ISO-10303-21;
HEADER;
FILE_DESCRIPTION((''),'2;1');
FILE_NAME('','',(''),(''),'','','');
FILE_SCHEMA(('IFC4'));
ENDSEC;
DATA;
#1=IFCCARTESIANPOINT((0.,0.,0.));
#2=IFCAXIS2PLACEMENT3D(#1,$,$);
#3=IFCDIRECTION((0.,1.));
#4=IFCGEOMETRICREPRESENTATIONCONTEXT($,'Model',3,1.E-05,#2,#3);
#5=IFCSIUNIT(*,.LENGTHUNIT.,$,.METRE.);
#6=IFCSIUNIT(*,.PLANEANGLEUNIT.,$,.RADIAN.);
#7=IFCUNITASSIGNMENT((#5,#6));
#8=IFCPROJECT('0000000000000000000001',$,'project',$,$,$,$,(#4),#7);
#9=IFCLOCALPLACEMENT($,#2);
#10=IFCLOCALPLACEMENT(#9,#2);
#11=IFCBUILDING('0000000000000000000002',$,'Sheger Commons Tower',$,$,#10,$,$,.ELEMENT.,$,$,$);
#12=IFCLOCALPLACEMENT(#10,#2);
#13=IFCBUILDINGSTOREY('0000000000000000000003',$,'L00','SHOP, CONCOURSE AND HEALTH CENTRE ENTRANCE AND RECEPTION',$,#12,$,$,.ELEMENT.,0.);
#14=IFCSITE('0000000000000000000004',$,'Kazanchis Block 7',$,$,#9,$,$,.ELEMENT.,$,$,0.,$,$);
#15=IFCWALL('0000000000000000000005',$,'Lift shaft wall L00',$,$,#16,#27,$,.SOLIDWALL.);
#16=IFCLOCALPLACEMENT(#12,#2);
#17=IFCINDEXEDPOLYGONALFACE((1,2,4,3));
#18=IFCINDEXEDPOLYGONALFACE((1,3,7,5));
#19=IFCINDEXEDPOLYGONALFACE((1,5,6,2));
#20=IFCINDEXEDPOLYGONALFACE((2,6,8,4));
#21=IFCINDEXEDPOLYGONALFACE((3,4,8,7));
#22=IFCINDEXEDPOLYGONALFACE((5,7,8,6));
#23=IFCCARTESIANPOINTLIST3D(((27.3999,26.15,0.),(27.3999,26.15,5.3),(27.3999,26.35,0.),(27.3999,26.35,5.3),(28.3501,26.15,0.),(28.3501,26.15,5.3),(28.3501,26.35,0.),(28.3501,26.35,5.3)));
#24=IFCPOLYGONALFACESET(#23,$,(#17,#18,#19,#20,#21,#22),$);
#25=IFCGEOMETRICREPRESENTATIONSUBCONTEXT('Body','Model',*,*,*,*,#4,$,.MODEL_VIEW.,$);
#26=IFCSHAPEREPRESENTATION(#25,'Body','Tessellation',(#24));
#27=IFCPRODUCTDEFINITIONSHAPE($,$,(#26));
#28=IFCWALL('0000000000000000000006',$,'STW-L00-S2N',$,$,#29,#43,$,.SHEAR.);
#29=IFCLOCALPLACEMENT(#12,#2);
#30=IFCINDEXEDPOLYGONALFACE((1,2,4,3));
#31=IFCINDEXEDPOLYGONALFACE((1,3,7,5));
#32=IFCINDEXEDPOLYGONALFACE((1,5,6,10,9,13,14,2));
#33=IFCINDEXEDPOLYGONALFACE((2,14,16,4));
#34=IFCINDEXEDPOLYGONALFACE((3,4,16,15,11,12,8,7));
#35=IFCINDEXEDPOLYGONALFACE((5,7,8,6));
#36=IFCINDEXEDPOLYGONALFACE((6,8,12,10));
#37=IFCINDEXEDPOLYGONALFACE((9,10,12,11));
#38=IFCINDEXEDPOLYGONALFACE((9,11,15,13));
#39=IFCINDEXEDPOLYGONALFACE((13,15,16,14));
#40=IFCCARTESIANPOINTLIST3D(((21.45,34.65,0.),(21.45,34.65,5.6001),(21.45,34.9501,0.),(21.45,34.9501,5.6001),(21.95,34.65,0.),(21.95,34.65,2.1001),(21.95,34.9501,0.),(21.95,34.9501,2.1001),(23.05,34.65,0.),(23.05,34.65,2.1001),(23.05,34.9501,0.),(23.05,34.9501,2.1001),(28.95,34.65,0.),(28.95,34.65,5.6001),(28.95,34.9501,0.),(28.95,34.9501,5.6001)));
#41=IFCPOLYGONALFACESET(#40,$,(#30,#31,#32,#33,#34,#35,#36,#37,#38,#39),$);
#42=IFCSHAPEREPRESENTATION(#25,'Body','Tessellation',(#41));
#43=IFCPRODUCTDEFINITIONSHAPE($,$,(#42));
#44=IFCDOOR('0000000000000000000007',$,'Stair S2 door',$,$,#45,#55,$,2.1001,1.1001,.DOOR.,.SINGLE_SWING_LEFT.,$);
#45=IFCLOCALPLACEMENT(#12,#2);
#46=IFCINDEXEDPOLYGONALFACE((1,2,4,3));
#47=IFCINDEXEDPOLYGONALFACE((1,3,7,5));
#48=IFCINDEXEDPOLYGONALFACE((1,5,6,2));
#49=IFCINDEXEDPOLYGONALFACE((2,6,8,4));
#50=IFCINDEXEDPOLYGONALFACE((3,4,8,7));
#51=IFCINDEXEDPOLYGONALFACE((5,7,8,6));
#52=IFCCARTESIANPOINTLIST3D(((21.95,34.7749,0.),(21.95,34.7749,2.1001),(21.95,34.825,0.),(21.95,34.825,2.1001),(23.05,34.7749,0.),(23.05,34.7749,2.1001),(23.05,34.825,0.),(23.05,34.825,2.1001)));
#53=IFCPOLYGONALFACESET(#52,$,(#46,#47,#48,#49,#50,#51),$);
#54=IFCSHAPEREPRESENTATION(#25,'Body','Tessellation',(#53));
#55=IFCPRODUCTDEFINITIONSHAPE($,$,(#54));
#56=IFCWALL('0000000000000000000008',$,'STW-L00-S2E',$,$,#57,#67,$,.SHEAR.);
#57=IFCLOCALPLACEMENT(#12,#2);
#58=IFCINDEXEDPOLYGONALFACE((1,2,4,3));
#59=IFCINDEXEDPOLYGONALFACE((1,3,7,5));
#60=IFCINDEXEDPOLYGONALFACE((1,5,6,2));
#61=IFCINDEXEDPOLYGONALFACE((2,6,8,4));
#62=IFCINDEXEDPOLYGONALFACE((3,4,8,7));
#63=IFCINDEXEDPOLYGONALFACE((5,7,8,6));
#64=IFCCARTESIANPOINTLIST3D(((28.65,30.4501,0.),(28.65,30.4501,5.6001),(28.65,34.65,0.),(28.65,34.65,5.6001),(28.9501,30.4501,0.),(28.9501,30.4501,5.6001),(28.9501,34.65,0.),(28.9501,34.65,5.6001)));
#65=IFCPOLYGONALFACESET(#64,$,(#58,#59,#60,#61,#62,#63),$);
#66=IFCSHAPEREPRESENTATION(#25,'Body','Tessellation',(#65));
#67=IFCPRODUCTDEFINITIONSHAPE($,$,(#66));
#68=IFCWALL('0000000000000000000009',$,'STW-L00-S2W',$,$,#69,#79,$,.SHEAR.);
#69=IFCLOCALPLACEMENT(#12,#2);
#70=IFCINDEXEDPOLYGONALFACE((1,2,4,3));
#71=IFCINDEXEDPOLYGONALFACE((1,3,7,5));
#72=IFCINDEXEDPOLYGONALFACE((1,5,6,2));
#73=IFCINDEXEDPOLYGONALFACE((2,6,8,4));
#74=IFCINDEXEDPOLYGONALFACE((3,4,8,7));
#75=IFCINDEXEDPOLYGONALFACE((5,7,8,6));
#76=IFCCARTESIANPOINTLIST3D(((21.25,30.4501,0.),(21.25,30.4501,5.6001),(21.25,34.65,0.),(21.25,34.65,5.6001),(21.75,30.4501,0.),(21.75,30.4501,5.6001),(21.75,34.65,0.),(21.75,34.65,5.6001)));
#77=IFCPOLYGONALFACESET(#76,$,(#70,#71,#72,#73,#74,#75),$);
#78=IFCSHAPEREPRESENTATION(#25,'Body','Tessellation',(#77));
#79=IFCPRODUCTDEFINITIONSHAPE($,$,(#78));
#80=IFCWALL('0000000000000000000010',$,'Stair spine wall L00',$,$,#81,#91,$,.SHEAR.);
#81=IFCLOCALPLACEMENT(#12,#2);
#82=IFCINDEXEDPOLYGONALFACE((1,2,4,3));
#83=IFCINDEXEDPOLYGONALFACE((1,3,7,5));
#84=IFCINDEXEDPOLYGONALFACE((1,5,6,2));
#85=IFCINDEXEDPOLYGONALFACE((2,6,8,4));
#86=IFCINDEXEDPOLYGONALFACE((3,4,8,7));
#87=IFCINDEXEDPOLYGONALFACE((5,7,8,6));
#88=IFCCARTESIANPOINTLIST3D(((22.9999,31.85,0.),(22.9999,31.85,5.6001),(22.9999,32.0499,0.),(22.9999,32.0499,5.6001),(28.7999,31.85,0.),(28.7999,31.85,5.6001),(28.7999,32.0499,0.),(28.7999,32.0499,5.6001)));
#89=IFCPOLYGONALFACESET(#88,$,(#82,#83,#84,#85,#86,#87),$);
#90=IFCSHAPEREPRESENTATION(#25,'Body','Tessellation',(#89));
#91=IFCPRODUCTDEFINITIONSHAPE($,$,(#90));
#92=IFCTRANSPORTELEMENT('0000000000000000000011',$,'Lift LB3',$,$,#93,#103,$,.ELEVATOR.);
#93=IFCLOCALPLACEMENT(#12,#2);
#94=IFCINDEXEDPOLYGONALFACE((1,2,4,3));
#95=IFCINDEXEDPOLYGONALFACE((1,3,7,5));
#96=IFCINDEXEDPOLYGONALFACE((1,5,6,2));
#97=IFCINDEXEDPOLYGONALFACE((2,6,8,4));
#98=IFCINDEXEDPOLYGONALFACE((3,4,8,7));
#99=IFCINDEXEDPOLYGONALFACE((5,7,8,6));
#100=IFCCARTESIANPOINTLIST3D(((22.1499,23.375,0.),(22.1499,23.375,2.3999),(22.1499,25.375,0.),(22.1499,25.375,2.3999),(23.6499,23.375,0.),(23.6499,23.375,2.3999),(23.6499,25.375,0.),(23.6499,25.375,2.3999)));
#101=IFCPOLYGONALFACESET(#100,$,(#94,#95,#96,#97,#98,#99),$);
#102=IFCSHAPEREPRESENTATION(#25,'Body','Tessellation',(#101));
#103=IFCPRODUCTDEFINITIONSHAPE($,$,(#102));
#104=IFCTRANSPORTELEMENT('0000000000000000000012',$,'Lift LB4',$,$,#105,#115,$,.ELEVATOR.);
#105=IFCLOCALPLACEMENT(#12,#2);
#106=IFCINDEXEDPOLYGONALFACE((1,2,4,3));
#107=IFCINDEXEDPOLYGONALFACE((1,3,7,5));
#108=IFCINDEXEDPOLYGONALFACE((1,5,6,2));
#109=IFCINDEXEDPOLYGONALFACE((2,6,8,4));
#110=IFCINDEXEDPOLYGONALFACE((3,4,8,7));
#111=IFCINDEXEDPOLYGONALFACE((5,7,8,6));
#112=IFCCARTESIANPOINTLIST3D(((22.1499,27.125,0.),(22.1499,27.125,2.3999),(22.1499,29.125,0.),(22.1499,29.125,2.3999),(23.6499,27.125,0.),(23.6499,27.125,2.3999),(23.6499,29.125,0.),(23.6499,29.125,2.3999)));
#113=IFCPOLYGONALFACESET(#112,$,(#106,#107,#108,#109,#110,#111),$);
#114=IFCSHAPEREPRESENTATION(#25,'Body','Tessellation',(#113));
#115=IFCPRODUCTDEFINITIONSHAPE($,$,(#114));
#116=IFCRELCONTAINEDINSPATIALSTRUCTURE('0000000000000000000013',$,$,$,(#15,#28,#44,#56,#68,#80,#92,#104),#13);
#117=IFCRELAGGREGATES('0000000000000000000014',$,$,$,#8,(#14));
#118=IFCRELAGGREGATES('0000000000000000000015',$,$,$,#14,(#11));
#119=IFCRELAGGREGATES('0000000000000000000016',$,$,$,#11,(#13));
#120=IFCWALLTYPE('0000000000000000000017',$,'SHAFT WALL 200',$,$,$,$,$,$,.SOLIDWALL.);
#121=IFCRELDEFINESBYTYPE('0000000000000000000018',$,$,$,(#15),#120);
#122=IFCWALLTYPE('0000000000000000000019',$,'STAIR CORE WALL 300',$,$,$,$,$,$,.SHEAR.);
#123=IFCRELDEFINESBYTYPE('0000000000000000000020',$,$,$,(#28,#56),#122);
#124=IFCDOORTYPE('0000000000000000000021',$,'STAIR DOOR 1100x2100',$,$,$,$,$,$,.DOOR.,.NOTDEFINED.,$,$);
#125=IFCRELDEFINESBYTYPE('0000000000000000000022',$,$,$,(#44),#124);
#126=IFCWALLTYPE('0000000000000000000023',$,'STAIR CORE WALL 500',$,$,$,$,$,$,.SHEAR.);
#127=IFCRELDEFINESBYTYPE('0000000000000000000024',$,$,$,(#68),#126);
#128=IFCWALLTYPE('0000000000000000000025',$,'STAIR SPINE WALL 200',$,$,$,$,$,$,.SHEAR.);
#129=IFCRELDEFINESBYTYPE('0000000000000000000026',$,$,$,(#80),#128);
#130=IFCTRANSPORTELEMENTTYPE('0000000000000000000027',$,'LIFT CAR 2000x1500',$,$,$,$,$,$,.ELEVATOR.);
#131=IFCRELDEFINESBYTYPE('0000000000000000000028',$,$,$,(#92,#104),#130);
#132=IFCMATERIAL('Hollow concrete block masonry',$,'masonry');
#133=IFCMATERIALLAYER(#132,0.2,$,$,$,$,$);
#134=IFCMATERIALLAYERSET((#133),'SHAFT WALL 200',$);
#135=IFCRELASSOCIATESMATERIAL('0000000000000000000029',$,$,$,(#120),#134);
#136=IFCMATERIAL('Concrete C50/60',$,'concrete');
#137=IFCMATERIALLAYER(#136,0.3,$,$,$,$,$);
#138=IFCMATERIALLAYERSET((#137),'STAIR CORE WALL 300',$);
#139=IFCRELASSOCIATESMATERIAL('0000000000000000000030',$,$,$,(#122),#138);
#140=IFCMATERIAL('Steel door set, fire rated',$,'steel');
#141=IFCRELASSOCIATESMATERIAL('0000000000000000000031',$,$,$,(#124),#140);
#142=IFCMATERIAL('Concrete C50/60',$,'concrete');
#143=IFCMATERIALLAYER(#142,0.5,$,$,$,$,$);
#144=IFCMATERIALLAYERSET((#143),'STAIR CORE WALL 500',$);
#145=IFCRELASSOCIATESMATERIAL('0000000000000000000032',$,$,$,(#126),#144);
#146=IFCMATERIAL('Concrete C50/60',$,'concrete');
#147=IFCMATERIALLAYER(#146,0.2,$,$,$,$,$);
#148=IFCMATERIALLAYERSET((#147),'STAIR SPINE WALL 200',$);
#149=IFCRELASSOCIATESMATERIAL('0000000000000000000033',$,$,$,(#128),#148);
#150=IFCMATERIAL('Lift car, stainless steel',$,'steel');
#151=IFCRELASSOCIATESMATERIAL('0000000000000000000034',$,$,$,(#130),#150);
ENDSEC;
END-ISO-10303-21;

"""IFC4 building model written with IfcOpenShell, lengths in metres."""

from ifc_helpers import new_model, si_unit, direction, frame, frame_2d, origin, origin_2d, place, context, subcontext, project, spatial, rectangle, extrude, material, layer, layer_set, type_object, element, fill, save


model = new_model("IFC4")

# Units and contexts
model_context = context("Model", 3, precision=1e-05, world=origin(), true_north=direction((0.0, 1.0)))
body_context = subcontext(model_context, "Body", "Model", "MODEL_VIEW")
ifc_project = project(units=[si_unit("LENGTHUNIT", "METRE"), si_unit("PLANEANGLEUNIT", "RADIAN")], contexts=[model_context])

# Site, building, storey
site_placement = place(None, origin())
site = spatial("IfcSite", under=ifc_project, at=site_placement, Name="Kazanchis Block 7", CompositionType="ELEMENT", RefElevation=0.0)
building_placement = place(site_placement, origin())
building = spatial("IfcBuilding", under=site, at=building_placement, Name="Sheger Commons Tower", CompositionType="ELEMENT")
storey_placement = place(building_placement, origin())
storey = spatial("IfcBuildingStorey", under=building, at=storey_placement, Name="L00", Description="SHOP, CONCOURSE AND HEALTH CENTRE ENTRANCE AND RECEPTION", CompositionType="ELEMENT", Elevation=0.0)

# Wall
ifc_material_1 = material(Name="Hollow concrete block masonry", Category="masonry")
ifc_layer_1 = layer(ifc_material_1, 0.2)
ifc_layer_set_1 = layer_set([ifc_layer_1], Name="SHAFT WALL 200")
wall_type_1 = type_object("IfcWallType", Name="SHAFT WALL 200", PredefinedType="SOLIDWALL", material=ifc_layer_set_1)
wall_1_placement = place(storey_placement, frame((27.3999, 26.25, 0.0), z_axis=(0.0, 0.0, 1.0), x_axis=(1.0, 0.0, 0.0)))
element("IfcWall", 1, at=wall_1_placement, inside=storey, type_object=wall_type_1, Name="Lift shaft wall L00", PredefinedType="SOLIDWALL", context=body_context, shape_type="SweptSolid", body=[
    extrude(rectangle(XDim=0.9502, YDim=0.2, at=frame_2d((0.4751, 0.0))), origin(), (0.0, 0.0, 1.0), 5.3),
])

# Wall, opening, door
ifc_material_2 = material(Name="Concrete C50/60", Category="concrete")
ifc_layer_2 = layer(ifc_material_2, 0.3)
ifc_layer_set_2 = layer_set([ifc_layer_2], Name="STAIR CORE WALL 300")
wall_type_2 = type_object("IfcWallType", Name="STAIR CORE WALL 300", PredefinedType="SHEAR", material=ifc_layer_set_2)
wall_2_placement = place(storey_placement, frame((21.45, 34.8, 0.0), z_axis=(0.0, 0.0, 1.0), x_axis=(1.0, 0.0, 0.0)))
wall_2 = element("IfcWall", 2, at=wall_2_placement, inside=storey, type_object=wall_type_2, Name="STW-L00-S2N", PredefinedType="SHEAR", context=body_context, shape_type="SweptSolid", body=[
    extrude(rectangle(XDim=7.5, YDim=0.3, at=frame_2d((3.75, 0.0))), origin(), (0.0, 0.0, 1.0), 5.6001),
])
opening_1_placement = place(wall_2_placement, frame((0.5, 0.0, 0.0)))
opening_1 = element("IfcOpeningElement", 3, at=opening_1_placement, cuts=wall_2, PredefinedType="OPENING", context=body_context, shape_type="SweptSolid", body=[
    extrude(rectangle(XDim=1.1001, YDim=2.1001, at=frame_2d((0.55, 1.05))), frame((0.0, 0.1599, 0.0), z_axis=(0.0, -1.0, 0.0), x_axis=(1.0, 0.0, 0.0)), (0.0, 0.0, 1.0), 0.3201),
])
ifc_material_3 = material(Name="Steel door set, fire rated", Category="steel")
door_type_1 = type_object("IfcDoorType", Name="STAIR DOOR 1100x2100", OperationType="NOTDEFINED", PredefinedType="DOOR", material=ifc_material_3)
door_1_placement = place(opening_1_placement, origin())
door_1 = element("IfcDoor", 4, at=door_1_placement, inside=storey, type_object=door_type_1, Name="Stair S2 door", OperationType="SINGLE_SWING_LEFT", OverallHeight=2.1001, OverallWidth=1.1001, PredefinedType="DOOR", context=body_context, shape_type="SweptSolid", body=[
    extrude(rectangle(XDim=1.1001, YDim=2.1001, at=frame_2d((0.55, 1.05))), frame((0.0, 0.0249, 0.0), z_axis=(0.0, -1.0, 0.0), x_axis=(1.0, 0.0, 0.0)), (0.0, 0.0, 1.0), 0.05),
])
fill(opening_1, door_1)

# Walls
wall_3_placement = place(storey_placement, frame((28.8, 30.45, 0.0), z_axis=(0.0, 0.0, 1.0), x_axis=(0.0, 1.0, 0.0)))
element("IfcWall", 5, at=wall_3_placement, inside=storey, type_object=wall_type_2, Name="STW-L00-S2E", PredefinedType="SHEAR", context=body_context, shape_type="SweptSolid", body=[
    extrude(rectangle(XDim=4.2, YDim=0.3, at=frame_2d((2.1001, 0.0))), origin(), (0.0, 0.0, 1.0), 5.6001),
])
ifc_material_4 = material(Name="Concrete C50/60", Category="concrete")
ifc_layer_3 = layer(ifc_material_4, 0.5)
ifc_layer_set_3 = layer_set([ifc_layer_3], Name="STAIR CORE WALL 500")
wall_type_3 = type_object("IfcWallType", Name="STAIR CORE WALL 500", PredefinedType="SHEAR", material=ifc_layer_set_3)
wall_4_placement = place(storey_placement, frame((21.5, 30.45, 0.0), z_axis=(0.0, 0.0, 1.0), x_axis=(0.0, 1.0, 0.0)))
element("IfcWall", 6, at=wall_4_placement, inside=storey, type_object=wall_type_3, Name="STW-L00-S2W", PredefinedType="SHEAR", context=body_context, shape_type="SweptSolid", body=[
    extrude(rectangle(XDim=4.2, YDim=0.5, at=frame_2d((2.1001, 0.0))), origin(), (0.0, 0.0, 1.0), 5.6001),
])
ifc_material_5 = material(Name="Concrete C50/60", Category="concrete")
ifc_layer_4 = layer(ifc_material_5, 0.2)
ifc_layer_set_4 = layer_set([ifc_layer_4], Name="STAIR SPINE WALL 200")
wall_type_4 = type_object("IfcWallType", Name="STAIR SPINE WALL 200", PredefinedType="SHEAR", material=ifc_layer_set_4)
wall_5_placement = place(storey_placement, frame((23.0, 31.95, 0.0), z_axis=(0.0, 0.0, 1.0), x_axis=(1.0, 0.0, 0.0)))
element("IfcWall", 7, at=wall_5_placement, inside=storey, type_object=wall_type_4, Name="Stair spine wall L00", PredefinedType="SHEAR", context=body_context, shape_type="SweptSolid", body=[
    extrude(rectangle(XDim=5.8, YDim=0.2, at=frame_2d((2.8999, 0.0))), origin(), (0.0, 0.0, 1.0), 5.6001),
])

# Transport elements
ifc_material_6 = material(Name="Lift car, stainless steel", Category="steel")
transport_element_type = type_object("IfcTransportElementType", Name="LIFT CAR 2000x1500", PredefinedType="ELEVATOR", material=ifc_material_6)
for number, where, z_axis, x_axis, name in (
    (8, (22.8999, 24.375, 0.0), (0.0, 0.0, 1.0), (1.0, 0.0, 0.0), "Lift LB3"),
    (9, (22.8999, 28.125, 0.0), (0.0, 0.0, 1.0), (1.0, 0.0, 0.0), "Lift LB4"),
):
    element("IfcTransportElement", number, at=place(storey_placement, frame(where, z_axis=z_axis, x_axis=x_axis)), inside=storey, type_object=transport_element_type, Name=name, PredefinedType="ELEVATOR", context=body_context, shape_type="SweptSolid", body=[
        extrude(rectangle(XDim=1.5, YDim=2.0, at=origin_2d()), origin(), (0.0, 0.0, 1.0), 2.3999),
    ])

save(model, "model.ifc")
